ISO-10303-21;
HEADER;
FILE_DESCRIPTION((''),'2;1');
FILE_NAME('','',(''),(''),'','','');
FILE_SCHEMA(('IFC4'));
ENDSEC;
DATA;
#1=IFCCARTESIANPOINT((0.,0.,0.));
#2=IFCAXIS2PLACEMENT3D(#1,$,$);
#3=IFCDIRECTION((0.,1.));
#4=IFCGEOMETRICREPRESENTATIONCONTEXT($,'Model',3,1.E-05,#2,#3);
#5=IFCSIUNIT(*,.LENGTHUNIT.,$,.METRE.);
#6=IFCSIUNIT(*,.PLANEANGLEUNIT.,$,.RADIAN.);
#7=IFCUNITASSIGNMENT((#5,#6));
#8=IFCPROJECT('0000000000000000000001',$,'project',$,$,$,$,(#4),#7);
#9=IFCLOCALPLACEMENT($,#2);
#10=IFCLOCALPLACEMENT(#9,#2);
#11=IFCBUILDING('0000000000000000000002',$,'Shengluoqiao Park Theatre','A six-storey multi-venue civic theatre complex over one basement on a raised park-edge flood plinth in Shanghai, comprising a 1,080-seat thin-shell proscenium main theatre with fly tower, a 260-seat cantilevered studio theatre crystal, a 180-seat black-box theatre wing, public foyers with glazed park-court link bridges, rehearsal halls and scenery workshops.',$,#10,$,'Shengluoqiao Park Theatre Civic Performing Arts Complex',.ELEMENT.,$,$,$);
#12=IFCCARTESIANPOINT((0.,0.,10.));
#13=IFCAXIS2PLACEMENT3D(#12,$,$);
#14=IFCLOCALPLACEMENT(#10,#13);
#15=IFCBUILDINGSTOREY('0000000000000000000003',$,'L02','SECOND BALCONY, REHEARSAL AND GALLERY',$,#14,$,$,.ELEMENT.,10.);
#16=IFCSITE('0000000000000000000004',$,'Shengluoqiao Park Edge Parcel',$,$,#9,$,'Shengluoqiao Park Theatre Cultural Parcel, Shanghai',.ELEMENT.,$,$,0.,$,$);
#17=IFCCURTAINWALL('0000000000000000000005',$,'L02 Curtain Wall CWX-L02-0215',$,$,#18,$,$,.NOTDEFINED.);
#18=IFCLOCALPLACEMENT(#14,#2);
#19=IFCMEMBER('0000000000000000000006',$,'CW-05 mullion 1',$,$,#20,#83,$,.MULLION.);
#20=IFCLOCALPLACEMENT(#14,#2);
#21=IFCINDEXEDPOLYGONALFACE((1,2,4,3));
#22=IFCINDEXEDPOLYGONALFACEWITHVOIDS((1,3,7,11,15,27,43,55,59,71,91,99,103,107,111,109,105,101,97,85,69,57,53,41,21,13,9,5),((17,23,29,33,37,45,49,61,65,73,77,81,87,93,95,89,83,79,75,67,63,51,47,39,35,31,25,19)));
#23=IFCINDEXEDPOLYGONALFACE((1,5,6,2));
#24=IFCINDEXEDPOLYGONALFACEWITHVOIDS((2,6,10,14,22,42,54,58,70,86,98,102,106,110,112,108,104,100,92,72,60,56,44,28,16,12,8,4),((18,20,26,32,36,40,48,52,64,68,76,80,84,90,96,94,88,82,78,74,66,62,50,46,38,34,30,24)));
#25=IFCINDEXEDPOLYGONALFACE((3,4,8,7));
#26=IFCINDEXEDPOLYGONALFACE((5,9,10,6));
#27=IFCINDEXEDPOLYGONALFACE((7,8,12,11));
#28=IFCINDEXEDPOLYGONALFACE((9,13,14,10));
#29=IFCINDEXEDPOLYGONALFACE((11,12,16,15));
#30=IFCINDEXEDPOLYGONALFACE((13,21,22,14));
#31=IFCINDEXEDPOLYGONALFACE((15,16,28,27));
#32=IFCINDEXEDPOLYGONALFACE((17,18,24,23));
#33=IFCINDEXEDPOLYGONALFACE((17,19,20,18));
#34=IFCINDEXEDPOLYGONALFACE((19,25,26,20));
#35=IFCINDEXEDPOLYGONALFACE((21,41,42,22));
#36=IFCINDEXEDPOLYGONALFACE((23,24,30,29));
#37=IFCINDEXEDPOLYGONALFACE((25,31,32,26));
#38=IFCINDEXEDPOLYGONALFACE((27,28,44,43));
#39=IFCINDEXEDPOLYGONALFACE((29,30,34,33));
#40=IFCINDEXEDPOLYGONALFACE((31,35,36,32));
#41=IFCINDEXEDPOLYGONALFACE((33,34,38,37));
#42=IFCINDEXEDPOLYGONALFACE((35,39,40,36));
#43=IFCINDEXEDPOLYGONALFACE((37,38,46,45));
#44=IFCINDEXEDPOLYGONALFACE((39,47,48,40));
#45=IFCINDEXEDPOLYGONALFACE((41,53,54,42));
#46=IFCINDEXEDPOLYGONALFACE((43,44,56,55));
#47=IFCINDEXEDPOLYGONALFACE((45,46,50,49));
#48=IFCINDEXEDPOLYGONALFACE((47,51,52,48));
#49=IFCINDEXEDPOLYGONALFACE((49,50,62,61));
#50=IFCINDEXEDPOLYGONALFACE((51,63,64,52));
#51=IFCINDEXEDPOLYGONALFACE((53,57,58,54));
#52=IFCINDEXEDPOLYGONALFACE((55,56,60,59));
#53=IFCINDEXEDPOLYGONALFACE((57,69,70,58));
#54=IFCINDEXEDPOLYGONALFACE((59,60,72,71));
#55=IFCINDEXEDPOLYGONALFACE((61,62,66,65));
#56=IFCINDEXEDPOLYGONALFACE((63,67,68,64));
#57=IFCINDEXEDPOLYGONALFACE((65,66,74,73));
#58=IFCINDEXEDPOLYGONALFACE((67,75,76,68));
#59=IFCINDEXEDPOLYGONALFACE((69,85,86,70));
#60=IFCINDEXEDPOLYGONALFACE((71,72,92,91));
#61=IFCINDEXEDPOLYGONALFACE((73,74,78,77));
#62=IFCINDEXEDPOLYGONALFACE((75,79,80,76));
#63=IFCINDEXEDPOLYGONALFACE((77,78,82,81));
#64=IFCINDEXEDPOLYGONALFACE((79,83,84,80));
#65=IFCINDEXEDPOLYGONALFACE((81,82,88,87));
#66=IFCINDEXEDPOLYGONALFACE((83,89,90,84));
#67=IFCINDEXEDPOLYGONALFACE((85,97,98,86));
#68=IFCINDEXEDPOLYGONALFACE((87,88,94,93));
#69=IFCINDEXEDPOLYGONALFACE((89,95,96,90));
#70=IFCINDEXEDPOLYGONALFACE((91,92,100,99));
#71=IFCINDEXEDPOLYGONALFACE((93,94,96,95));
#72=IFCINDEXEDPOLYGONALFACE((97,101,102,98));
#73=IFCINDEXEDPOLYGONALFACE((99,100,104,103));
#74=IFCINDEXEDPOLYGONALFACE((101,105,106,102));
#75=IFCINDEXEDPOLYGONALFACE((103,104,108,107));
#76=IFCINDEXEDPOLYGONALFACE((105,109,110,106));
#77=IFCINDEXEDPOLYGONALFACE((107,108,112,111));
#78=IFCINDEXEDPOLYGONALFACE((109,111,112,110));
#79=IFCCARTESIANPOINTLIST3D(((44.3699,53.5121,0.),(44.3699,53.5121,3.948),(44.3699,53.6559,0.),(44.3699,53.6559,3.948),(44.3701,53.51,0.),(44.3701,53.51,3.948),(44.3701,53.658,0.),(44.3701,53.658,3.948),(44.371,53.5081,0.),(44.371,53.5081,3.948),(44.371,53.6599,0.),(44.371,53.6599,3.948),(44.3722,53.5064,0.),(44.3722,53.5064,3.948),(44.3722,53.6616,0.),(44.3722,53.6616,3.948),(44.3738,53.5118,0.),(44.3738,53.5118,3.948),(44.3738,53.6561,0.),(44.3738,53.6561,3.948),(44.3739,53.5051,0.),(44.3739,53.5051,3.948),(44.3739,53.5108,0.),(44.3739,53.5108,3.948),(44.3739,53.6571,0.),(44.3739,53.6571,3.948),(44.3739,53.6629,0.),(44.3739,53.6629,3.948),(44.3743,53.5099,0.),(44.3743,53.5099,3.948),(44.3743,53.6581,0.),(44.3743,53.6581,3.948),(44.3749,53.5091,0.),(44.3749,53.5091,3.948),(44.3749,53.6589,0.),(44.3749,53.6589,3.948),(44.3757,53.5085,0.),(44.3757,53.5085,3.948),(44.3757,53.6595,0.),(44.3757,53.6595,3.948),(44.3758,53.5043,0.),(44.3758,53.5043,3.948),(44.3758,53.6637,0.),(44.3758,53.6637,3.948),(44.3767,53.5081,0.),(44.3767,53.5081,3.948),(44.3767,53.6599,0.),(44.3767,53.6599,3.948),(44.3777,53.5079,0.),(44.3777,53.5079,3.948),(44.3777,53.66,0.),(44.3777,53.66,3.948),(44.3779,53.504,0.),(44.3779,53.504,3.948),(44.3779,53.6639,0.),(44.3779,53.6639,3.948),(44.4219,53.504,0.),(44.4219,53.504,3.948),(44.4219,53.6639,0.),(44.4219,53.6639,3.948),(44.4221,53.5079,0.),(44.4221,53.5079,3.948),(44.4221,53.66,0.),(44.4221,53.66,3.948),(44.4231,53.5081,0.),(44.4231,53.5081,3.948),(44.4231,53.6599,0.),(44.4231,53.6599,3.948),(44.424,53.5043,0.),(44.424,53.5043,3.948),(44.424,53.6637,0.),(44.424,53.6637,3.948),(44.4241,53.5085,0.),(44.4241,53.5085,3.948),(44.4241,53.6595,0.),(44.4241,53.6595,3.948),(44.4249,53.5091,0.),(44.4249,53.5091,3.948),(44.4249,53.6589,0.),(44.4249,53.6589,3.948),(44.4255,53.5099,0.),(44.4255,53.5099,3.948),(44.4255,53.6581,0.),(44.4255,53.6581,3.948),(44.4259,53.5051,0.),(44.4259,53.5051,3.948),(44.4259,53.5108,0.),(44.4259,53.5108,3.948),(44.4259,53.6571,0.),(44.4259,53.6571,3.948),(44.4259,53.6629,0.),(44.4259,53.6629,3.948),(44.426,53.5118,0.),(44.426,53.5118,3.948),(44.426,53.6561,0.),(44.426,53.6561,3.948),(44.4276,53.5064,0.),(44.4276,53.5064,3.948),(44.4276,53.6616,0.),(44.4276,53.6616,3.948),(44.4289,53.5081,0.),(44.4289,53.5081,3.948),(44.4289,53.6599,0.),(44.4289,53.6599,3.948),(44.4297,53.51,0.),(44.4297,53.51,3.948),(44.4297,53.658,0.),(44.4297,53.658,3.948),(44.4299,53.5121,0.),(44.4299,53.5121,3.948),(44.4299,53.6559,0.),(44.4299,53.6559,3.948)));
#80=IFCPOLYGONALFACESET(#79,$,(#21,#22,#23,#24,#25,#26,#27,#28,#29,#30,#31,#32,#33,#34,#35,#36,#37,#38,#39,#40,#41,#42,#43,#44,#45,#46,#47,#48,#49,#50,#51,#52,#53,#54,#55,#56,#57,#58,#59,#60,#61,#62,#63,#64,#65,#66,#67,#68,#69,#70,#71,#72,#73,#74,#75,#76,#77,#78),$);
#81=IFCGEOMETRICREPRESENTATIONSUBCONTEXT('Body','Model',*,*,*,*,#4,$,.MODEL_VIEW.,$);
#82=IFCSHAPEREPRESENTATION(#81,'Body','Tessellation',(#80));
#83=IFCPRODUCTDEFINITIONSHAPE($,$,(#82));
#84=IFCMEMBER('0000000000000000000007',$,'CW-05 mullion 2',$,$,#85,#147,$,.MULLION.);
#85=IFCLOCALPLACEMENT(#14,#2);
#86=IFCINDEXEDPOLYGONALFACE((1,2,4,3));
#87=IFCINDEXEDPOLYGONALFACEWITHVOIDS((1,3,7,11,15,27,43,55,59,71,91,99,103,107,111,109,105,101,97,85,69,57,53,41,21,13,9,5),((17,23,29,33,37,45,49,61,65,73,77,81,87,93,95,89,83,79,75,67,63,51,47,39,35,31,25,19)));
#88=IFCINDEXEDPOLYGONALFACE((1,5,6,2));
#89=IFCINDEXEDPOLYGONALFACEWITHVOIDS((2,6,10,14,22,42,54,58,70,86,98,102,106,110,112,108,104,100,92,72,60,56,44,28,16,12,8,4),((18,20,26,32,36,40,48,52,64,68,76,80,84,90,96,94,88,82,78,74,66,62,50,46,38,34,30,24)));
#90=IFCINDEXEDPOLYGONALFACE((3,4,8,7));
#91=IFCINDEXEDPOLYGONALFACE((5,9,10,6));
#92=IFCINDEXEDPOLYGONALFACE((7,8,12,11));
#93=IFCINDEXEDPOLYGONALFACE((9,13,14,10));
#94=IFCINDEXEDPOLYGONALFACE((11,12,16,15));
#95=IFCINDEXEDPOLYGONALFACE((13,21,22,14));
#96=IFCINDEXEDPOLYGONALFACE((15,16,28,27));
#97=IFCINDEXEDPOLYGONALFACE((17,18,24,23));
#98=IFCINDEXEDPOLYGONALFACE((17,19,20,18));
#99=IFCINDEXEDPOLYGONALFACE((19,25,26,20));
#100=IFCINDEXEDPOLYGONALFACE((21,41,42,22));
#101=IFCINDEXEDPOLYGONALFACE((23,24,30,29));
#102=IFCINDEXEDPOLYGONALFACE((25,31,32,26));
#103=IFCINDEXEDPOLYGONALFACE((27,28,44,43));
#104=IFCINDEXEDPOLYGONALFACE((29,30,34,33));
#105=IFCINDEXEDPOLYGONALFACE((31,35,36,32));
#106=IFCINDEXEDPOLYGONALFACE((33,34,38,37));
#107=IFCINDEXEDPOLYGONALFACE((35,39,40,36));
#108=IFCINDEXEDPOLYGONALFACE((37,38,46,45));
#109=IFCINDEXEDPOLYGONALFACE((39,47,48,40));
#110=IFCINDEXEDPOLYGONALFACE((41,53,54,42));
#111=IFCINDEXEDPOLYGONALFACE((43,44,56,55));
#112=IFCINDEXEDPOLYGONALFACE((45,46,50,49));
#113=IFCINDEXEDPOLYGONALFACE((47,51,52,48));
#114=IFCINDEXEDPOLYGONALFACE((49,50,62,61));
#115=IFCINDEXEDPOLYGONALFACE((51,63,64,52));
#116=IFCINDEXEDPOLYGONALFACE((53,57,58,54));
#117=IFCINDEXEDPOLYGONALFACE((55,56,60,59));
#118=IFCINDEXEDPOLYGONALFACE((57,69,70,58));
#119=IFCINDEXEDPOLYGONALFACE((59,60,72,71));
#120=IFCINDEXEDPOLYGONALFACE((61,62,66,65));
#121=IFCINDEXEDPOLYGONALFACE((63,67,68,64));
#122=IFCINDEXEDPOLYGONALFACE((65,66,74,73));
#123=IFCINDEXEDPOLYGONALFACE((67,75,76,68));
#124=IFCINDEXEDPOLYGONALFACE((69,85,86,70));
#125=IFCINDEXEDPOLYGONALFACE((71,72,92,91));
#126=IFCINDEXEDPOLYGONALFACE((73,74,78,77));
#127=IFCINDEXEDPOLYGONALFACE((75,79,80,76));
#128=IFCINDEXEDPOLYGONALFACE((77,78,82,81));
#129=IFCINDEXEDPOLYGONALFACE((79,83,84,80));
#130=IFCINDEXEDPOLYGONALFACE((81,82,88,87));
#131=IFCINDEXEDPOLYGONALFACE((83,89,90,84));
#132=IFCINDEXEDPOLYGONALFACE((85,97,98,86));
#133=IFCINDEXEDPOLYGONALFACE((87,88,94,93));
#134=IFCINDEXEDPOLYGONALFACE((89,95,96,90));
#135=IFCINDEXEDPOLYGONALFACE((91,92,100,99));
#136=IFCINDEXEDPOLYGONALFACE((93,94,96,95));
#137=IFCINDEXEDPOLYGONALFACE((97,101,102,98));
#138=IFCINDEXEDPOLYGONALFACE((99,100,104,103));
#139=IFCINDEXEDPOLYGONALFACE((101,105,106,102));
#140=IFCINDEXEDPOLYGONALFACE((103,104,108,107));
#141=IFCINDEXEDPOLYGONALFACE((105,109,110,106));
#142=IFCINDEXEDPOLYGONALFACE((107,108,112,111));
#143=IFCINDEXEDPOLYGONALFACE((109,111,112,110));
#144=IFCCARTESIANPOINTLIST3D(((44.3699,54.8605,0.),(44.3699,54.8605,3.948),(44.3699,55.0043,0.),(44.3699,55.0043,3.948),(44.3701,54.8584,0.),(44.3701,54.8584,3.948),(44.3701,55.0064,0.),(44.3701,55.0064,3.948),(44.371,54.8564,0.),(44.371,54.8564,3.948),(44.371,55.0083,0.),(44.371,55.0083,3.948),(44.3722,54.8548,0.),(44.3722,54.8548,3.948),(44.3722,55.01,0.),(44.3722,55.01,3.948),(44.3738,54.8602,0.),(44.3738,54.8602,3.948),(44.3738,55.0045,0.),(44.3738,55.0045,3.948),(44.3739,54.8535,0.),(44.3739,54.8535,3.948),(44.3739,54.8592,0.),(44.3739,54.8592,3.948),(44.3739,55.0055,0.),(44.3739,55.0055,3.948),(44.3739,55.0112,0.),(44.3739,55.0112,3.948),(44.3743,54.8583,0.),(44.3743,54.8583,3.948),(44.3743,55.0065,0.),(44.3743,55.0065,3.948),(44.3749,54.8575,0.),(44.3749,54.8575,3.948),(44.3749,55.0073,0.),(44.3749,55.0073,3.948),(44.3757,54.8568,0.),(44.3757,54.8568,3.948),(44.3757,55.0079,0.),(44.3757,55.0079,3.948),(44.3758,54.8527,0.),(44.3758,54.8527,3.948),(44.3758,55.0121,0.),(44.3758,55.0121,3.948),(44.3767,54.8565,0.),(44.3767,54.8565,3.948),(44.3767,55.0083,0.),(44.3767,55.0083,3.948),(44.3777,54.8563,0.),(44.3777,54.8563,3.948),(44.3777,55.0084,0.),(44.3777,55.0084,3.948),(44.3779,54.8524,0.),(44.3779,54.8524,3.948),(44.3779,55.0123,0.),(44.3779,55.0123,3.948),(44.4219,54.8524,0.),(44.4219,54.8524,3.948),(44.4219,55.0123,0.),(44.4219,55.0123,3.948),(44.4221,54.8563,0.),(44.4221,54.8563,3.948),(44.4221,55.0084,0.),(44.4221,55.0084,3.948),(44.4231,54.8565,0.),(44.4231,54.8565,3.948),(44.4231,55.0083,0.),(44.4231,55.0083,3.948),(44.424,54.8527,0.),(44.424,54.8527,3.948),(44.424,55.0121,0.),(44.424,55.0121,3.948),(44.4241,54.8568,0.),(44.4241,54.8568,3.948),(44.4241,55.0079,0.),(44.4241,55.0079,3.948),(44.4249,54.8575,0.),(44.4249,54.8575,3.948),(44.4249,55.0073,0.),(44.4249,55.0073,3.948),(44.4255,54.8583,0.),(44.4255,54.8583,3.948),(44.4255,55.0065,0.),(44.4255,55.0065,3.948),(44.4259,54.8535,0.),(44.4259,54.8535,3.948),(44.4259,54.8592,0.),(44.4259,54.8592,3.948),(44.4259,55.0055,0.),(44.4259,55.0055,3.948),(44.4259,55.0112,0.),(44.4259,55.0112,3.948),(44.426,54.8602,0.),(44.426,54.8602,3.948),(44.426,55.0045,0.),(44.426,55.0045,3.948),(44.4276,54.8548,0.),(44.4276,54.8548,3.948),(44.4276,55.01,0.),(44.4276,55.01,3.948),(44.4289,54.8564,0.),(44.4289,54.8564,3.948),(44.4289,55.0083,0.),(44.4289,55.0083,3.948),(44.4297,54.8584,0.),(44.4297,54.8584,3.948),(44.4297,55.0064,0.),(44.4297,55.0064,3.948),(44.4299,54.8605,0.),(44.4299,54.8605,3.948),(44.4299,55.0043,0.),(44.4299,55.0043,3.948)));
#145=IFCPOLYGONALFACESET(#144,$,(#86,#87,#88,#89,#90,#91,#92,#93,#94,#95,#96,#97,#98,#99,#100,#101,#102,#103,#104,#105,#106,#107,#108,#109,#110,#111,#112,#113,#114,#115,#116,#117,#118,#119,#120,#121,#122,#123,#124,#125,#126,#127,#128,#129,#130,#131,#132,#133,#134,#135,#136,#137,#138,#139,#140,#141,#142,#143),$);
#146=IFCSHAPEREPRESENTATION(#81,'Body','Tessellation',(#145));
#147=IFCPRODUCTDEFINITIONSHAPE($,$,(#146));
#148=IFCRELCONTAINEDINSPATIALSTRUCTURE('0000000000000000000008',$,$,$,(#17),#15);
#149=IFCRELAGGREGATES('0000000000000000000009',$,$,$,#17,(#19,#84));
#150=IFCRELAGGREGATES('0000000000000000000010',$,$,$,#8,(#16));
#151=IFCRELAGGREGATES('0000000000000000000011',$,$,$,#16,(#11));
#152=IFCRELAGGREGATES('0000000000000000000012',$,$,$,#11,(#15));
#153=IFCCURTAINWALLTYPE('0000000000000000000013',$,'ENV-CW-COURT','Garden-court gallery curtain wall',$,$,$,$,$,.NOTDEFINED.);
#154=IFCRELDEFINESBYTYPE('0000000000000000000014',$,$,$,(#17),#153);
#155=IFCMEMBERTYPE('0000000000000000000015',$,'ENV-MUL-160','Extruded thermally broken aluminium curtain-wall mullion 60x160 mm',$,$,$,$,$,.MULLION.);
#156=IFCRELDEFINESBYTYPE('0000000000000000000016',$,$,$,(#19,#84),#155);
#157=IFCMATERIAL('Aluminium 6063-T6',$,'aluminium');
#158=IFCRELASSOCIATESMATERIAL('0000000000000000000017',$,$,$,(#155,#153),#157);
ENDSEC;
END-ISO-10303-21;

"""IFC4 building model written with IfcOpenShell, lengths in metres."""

from ifc_helpers import new_model, si_unit, direction, frame, origin, origin_2d, place, context, subcontext, project, spatial, hollow_rectangle, extrude, material, material_profile, profile_set, type_object, element, aggregate, save


model = new_model("IFC4")

# Units and contexts
model_context = context("Model", 3, precision=1e-05, world=origin(), true_north=direction((0.0, 1.0)))
body_context = subcontext(model_context, "Body", "Model", "MODEL_VIEW")
ifc_project = project(units=[si_unit("LENGTHUNIT", "METRE"), si_unit("PLANEANGLEUNIT", "RADIAN")], contexts=[model_context])

# Site, building, storey
site_placement = place(None, origin())
site = spatial("IfcSite", under=ifc_project, at=site_placement, Name="Shengluoqiao Park Edge Parcel", LongName="Shengluoqiao Park Theatre Cultural Parcel, Shanghai", CompositionType="ELEMENT", RefElevation=0.0)
building_placement = place(site_placement, origin())
building = spatial("IfcBuilding", under=site, at=building_placement, Name="Shengluoqiao Park Theatre", Description="A six-storey multi-venue civic theatre complex over one basement on a raised park-edge flood plinth in Shanghai, comprising a 1,080-seat thin-shell proscenium main theatre with fly tower, a 260-seat cantilevered studio theatre crystal, a 180-seat black-box theatre wing, public foyers with glazed park-court link bridges, rehearsal halls and scenery workshops.", LongName="Shengluoqiao Park Theatre Civic Performing Arts Complex", CompositionType="ELEMENT")
storey_placement = place(building_placement, frame((0.0, 0.0, 10.0)))
storey = spatial("IfcBuildingStorey", under=building, at=storey_placement, Name="L02", Description="SECOND BALCONY, REHEARSAL AND GALLERY", CompositionType="ELEMENT", Elevation=10.0)

# Curtain wall, members
ifc_material_1 = material(Name="Aluminium 6063-T6", Category="aluminium")
ifc_material_profile_1 = material_profile(ifc_material_1, hollow_rectangle(XDim=0.0601, YDim=0.1599, WallThickness=0.0039, InnerFilletRadius=0.0039, OuterFilletRadius=0.0081, at=origin_2d()), Name="ALU MULLION 160x60x4")
ifc_profile_set_1 = profile_set([ifc_material_profile_1], Name="Aluminium 6063-T6")
member_type_1 = type_object("IfcMemberType", Name="ENV-MUL-160", Description="Extruded thermally broken aluminium curtain-wall mullion 60x160 mm", PredefinedType="MULLION", material=ifc_profile_set_1)
curtain_wall_type_1 = type_object("IfcCurtainWallType", Name="ENV-CW-COURT", Description="Garden-court gallery curtain wall", PredefinedType="NOTDEFINED", material=ifc_material_1)
curtain_wall_1_placement = place(storey_placement, origin())
curtain_wall_1 = element("IfcCurtainWall", 1, at=curtain_wall_1_placement, inside=storey, type_object=curtain_wall_type_1, Name="L02 Curtain Wall CWX-L02-0215", PredefinedType="NOTDEFINED")
member_1_placement = place(storey_placement, frame((44.3999, 53.584, 0.0), z_axis=(0.0, 0.0, 1.0), x_axis=(-1.0, 0.0, 0.0)))
member_1 = element("IfcMember", 2, at=member_1_placement, type_object=member_type_1, Name="CW-05 mullion 1", PredefinedType="MULLION", context=body_context, shape_type="SweptSolid", body=[
    extrude(hollow_rectangle(XDim=0.0601, YDim=0.1599, WallThickness=0.0039, InnerFilletRadius=0.0039, OuterFilletRadius=0.0081, at=origin_2d()), origin(), (0.0, 0.0, 1.0), 3.948),
])
member_2_placement = place(storey_placement, frame((44.3999, 54.9324, 0.0), z_axis=(0.0, 0.0, 1.0), x_axis=(-1.0, 0.0, 0.0)))
member_2 = element("IfcMember", 3, at=member_2_placement, type_object=member_type_1, Name="CW-05 mullion 2", PredefinedType="MULLION", context=body_context, shape_type="SweptSolid", body=[
    extrude(hollow_rectangle(XDim=0.0601, YDim=0.1599, WallThickness=0.0039, InnerFilletRadius=0.0039, OuterFilletRadius=0.0081, at=origin_2d()), origin(), (0.0, 0.0, 1.0), 3.948),
])

aggregate(curtain_wall_1, [member_1, member_2])

save(model, "model.ifc")
